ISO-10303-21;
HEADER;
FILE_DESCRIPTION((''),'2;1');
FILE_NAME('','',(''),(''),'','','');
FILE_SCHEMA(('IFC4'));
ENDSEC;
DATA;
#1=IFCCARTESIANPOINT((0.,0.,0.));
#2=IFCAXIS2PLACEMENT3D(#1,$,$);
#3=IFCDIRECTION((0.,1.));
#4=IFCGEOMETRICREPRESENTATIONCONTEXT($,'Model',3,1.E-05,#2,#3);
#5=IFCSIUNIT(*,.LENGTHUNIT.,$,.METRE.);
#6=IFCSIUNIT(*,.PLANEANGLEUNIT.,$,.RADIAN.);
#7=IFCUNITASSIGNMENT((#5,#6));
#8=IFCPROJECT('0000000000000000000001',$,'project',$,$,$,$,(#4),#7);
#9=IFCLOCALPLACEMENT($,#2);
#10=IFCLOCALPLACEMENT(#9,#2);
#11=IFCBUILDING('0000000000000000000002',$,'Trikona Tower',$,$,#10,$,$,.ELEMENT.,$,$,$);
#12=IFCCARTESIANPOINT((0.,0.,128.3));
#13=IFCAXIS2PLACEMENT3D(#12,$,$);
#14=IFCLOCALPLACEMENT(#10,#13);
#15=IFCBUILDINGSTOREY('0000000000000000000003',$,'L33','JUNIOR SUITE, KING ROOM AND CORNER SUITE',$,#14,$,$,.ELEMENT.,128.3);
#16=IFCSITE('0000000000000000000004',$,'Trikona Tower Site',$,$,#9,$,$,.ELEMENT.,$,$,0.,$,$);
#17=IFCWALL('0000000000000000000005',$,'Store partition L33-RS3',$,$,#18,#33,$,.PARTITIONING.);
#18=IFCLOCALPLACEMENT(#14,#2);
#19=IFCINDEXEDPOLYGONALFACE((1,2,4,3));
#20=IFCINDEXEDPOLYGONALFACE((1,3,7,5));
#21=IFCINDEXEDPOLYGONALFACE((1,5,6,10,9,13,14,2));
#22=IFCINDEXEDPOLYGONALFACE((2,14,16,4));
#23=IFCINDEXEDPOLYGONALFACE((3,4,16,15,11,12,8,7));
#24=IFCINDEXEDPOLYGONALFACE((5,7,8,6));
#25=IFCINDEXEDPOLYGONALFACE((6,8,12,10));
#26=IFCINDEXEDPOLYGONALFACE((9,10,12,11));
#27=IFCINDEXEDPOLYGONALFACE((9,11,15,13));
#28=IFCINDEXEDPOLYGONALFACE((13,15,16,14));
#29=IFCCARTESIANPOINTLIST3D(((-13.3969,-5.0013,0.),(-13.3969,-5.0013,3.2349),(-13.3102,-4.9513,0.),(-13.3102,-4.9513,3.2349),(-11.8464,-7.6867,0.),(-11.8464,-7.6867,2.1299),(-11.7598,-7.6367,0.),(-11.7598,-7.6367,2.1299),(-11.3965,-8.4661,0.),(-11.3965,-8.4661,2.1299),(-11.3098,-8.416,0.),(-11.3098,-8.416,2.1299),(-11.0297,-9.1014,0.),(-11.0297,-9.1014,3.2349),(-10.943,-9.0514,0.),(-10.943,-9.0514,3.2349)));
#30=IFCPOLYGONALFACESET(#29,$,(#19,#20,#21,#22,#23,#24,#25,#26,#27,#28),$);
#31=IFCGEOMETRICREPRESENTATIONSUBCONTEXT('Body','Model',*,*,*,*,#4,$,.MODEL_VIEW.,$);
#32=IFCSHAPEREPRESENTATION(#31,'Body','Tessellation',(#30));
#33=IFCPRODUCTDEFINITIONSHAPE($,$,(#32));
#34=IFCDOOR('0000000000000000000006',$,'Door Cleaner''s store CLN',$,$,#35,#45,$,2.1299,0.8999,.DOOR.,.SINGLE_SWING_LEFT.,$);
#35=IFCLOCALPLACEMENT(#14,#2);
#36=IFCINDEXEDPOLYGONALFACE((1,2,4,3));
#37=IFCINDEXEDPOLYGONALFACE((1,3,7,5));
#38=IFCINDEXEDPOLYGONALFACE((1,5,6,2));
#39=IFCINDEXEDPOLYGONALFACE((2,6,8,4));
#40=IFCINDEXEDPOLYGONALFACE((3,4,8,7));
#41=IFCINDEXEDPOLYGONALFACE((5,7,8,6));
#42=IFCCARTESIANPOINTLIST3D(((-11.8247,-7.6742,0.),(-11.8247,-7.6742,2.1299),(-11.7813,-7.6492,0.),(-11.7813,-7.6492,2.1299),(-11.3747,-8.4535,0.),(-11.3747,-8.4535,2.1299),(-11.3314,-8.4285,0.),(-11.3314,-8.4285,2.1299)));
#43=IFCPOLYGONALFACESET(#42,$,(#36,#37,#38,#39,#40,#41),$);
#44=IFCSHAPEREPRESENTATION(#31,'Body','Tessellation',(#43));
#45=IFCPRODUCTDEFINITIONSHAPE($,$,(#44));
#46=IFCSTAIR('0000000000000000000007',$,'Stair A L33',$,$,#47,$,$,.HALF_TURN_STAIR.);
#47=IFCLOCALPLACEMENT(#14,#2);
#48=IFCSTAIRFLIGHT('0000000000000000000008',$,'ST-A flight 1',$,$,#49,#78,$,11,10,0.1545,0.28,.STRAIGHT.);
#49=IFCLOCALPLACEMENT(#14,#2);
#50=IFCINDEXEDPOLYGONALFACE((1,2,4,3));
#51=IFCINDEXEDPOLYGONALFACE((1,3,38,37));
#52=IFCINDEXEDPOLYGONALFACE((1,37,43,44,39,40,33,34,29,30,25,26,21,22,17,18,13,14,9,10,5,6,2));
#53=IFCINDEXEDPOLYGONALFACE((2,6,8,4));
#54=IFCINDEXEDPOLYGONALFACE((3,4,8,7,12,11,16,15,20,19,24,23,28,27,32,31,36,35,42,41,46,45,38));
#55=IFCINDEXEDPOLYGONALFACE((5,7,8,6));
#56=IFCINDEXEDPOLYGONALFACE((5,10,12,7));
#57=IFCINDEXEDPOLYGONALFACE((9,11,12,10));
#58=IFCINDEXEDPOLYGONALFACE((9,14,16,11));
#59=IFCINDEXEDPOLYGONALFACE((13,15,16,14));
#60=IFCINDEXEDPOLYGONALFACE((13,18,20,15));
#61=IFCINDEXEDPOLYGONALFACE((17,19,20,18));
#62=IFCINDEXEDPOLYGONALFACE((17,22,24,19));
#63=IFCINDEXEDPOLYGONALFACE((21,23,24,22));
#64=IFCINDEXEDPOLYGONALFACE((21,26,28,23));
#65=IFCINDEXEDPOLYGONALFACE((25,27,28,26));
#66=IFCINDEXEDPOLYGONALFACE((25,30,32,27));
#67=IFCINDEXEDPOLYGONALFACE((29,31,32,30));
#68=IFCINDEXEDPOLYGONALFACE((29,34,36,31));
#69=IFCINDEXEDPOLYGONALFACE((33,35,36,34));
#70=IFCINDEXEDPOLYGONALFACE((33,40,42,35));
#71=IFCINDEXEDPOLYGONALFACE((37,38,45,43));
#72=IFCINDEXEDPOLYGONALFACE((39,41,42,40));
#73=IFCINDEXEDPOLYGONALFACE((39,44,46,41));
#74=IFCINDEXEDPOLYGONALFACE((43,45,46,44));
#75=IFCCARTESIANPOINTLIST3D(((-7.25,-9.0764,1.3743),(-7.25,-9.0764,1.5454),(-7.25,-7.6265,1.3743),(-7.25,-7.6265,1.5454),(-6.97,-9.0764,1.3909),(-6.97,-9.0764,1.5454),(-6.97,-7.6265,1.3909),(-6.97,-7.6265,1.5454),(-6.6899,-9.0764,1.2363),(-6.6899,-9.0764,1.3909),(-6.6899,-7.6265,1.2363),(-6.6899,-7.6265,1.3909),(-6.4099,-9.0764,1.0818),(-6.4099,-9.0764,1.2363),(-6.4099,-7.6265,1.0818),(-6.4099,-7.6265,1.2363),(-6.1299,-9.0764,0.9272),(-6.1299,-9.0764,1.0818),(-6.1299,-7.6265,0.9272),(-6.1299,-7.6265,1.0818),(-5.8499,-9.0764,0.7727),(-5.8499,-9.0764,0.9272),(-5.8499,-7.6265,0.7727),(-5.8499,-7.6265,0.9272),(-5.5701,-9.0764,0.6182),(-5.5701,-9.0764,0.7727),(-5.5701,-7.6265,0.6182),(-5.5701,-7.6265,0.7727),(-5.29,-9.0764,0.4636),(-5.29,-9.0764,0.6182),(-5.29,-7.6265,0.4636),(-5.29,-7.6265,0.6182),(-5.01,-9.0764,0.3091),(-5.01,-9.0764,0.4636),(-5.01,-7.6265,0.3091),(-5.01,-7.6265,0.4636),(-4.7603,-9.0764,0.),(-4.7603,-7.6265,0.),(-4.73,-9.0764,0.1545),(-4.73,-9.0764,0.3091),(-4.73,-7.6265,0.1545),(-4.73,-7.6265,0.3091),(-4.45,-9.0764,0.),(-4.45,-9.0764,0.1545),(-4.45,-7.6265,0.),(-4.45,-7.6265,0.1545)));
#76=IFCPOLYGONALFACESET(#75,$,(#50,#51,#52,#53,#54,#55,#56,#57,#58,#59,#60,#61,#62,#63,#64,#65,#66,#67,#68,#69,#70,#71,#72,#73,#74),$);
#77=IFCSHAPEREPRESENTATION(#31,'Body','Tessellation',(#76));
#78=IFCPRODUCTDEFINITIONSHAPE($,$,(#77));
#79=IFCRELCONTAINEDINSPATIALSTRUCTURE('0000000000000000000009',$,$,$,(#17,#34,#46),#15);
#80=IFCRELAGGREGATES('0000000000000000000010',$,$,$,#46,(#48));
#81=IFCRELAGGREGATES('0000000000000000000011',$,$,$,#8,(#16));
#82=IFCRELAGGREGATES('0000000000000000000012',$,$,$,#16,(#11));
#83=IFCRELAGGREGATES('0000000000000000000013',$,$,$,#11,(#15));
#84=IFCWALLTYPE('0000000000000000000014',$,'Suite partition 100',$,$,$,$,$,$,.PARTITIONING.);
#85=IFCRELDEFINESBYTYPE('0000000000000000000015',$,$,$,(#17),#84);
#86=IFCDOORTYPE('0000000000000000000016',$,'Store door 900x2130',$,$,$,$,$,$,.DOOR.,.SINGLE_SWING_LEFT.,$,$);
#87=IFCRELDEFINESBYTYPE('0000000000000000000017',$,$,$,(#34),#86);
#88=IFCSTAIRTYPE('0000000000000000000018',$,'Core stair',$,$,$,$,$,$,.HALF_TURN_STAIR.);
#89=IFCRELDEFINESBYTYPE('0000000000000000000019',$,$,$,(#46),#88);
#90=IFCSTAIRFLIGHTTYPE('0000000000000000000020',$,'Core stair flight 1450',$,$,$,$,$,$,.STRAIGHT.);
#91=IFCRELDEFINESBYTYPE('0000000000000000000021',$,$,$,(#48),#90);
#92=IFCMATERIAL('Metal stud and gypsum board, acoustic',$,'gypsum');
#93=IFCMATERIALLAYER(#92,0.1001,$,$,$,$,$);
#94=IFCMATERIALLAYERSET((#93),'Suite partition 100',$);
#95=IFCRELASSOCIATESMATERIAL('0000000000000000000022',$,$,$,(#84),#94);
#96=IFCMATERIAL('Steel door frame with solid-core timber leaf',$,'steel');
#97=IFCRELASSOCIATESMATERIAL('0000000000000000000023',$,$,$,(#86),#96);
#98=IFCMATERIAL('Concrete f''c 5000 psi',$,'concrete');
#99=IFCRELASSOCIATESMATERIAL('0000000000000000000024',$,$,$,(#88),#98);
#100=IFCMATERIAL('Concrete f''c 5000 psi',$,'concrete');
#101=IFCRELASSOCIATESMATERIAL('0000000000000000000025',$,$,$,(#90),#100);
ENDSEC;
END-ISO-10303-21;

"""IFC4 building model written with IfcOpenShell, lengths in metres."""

from ifc_helpers import new_model, si_unit, direction, frame, frame_2d, origin, place, context, subcontext, project, spatial, polyline, rectangle, outline, extrude, material, layer, layer_set, type_object, element, fill, aggregate, save


model = new_model("IFC4")

# Units and contexts
model_context = context("Model", 3, precision=1e-05, world=origin(), true_north=direction((0.0, 1.0)))
body_context = subcontext(model_context, "Body", "Model", "MODEL_VIEW")
ifc_project = project(units=[si_unit("LENGTHUNIT", "METRE"), si_unit("PLANEANGLEUNIT", "RADIAN")], contexts=[model_context])

# Site, building, storey
site_placement = place(None, origin())
site = spatial("IfcSite", under=ifc_project, at=site_placement, Name="Trikona Tower Site", CompositionType="ELEMENT", RefElevation=0.0)
building_placement = place(site_placement, origin())
building = spatial("IfcBuilding", under=site, at=building_placement, Name="Trikona Tower", CompositionType="ELEMENT")
storey_placement = place(building_placement, frame((0.0, 0.0, 128.3)))
storey = spatial("IfcBuildingStorey", under=building, at=storey_placement, Name="L33", Description="JUNIOR SUITE, KING ROOM AND CORNER SUITE", CompositionType="ELEMENT", Elevation=128.3)

# Wall, opening, door
ifc_material_1 = material(Name="Metal stud and gypsum board, acoustic", Category="gypsum")
ifc_layer_1 = layer(ifc_material_1, 0.1001)
ifc_layer_set_1 = layer_set([ifc_layer_1], Name="Suite partition 100")
wall_type_1 = type_object("IfcWallType", Name="Suite partition 100", PredefinedType="PARTITIONING", material=ifc_layer_set_1)
wall_1_placement = place(storey_placement, frame((-10.9863, -9.0764, 0.0), z_axis=(0.0, 0.0, 1.0), x_axis=(-0.499999, 0.866026, 0.0)))
wall_1 = element("IfcWall", 1, at=wall_1_placement, inside=storey, type_object=wall_type_1, Name="Store partition L33-RS3", PredefinedType="PARTITIONING", context=body_context, shape_type="SweptSolid", body=[
    extrude(rectangle(XDim=4.7344, YDim=0.1001, at=frame_2d((2.3672, 0.0))), origin(), (0.0, 0.0, 1.0), 3.2349),
])
opening_1_placement = place(wall_1_placement, frame((0.7336, 0.0, 0.0)))
opening_1 = element("IfcOpeningElement", 2, at=opening_1_placement, cuts=wall_1, PredefinedType="OPENING", context=body_context, shape_type="SweptSolid", body=[
    extrude(rectangle(XDim=0.8999, YDim=2.1299, at=frame_2d((0.45, 1.0649))), frame((0.0, 0.0601, 0.0), z_axis=(0.0, -1.0, 0.0), x_axis=(1.0, 0.0, 0.0)), (0.0, 0.0, 1.0), 0.1201),
])
ifc_material_2 = material(Name="Steel door frame with solid-core timber leaf", Category="steel")
door_type_1 = type_object("IfcDoorType", Name="Store door 900x2130", OperationType="SINGLE_SWING_LEFT", PredefinedType="DOOR", material=ifc_material_2)
door_1_placement = place(opening_1_placement, origin())
door_1 = element("IfcDoor", 3, at=door_1_placement, inside=storey, type_object=door_type_1, Name="Door Cleaner's store CLN", OperationType="SINGLE_SWING_LEFT", OverallHeight=2.1299, OverallWidth=0.8999, PredefinedType="DOOR", context=body_context, shape_type="SweptSolid", body=[
    extrude(rectangle(XDim=0.8999, YDim=2.1299, at=frame_2d((0.45, 1.0649))), frame((0.0, 0.0249, 0.0), z_axis=(0.0, -1.0, 0.0), x_axis=(1.0, 0.0, 0.0)), (0.0, 0.0, 1.0), 0.05),
])
fill(opening_1, door_1)

# Stair, stair flight
ifc_material_3 = material(Name="Concrete f'c 5000 psi", Category="concrete")
stair_type = type_object("IfcStairType", Name="Core stair", PredefinedType="HALF_TURN_STAIR", material=ifc_material_3)
stair_placement = place(storey_placement, origin())
stair = element("IfcStair", 4, at=stair_placement, inside=storey, type_object=stair_type, Name="Stair A L33", PredefinedType="HALF_TURN_STAIR")
ifc_material_4 = material(Name="Concrete f'c 5000 psi", Category="concrete")
stair_flight_type = type_object("IfcStairFlightType", Name="Core stair flight 1450", PredefinedType="STRAIGHT", material=ifc_material_4)
stair_flight_placement = place(storey_placement, frame((-4.45, -8.3513, 0.0), z_axis=(0.0, 0.0, 1.0), x_axis=(-1.0, 0.0, 0.0)))
stair_flight = element("IfcStairFlight", 5, at=stair_flight_placement, type_object=stair_flight_type, Name="ST-A flight 1", NumberOfRisers=11, NumberOfTreads=10, PredefinedType="STRAIGHT", RiserHeight=0.1545, TreadLength=0.28, context=body_context, shape_type="SweptSolid", body=[
    extrude(outline(polyline([(0.0, 0.0), (0.0, 0.1545), (0.28, 0.1545), (0.28, 0.3091), (0.5601, 0.3091), (0.5601, 0.4636), (0.8401, 0.4636), (0.8401, 0.6182), (1.1201, 0.6182), (1.1201, 0.7727), (1.3999, 0.7727), (1.3999, 0.9272), (1.6799, 0.9272), (1.6799, 1.0818), (1.96, 1.0818), (1.96, 1.2363), (2.24, 1.2363), (2.24, 1.3909), (2.52, 1.3909), (2.52, 1.5454), (2.8, 1.5454), (2.8, 1.7), (2.8, 1.3743), (0.3103, 0.0), (0.0, 0.0)])), frame((0.0, 0.7251, 0.0), z_axis=(0.0, -1.0, 0.0), x_axis=(1.0, 0.0, 0.0)), (0.0, 0.0, 1.0), 1.45),
])
aggregate(stair, [stair_flight])

save(model, "model.ifc")
